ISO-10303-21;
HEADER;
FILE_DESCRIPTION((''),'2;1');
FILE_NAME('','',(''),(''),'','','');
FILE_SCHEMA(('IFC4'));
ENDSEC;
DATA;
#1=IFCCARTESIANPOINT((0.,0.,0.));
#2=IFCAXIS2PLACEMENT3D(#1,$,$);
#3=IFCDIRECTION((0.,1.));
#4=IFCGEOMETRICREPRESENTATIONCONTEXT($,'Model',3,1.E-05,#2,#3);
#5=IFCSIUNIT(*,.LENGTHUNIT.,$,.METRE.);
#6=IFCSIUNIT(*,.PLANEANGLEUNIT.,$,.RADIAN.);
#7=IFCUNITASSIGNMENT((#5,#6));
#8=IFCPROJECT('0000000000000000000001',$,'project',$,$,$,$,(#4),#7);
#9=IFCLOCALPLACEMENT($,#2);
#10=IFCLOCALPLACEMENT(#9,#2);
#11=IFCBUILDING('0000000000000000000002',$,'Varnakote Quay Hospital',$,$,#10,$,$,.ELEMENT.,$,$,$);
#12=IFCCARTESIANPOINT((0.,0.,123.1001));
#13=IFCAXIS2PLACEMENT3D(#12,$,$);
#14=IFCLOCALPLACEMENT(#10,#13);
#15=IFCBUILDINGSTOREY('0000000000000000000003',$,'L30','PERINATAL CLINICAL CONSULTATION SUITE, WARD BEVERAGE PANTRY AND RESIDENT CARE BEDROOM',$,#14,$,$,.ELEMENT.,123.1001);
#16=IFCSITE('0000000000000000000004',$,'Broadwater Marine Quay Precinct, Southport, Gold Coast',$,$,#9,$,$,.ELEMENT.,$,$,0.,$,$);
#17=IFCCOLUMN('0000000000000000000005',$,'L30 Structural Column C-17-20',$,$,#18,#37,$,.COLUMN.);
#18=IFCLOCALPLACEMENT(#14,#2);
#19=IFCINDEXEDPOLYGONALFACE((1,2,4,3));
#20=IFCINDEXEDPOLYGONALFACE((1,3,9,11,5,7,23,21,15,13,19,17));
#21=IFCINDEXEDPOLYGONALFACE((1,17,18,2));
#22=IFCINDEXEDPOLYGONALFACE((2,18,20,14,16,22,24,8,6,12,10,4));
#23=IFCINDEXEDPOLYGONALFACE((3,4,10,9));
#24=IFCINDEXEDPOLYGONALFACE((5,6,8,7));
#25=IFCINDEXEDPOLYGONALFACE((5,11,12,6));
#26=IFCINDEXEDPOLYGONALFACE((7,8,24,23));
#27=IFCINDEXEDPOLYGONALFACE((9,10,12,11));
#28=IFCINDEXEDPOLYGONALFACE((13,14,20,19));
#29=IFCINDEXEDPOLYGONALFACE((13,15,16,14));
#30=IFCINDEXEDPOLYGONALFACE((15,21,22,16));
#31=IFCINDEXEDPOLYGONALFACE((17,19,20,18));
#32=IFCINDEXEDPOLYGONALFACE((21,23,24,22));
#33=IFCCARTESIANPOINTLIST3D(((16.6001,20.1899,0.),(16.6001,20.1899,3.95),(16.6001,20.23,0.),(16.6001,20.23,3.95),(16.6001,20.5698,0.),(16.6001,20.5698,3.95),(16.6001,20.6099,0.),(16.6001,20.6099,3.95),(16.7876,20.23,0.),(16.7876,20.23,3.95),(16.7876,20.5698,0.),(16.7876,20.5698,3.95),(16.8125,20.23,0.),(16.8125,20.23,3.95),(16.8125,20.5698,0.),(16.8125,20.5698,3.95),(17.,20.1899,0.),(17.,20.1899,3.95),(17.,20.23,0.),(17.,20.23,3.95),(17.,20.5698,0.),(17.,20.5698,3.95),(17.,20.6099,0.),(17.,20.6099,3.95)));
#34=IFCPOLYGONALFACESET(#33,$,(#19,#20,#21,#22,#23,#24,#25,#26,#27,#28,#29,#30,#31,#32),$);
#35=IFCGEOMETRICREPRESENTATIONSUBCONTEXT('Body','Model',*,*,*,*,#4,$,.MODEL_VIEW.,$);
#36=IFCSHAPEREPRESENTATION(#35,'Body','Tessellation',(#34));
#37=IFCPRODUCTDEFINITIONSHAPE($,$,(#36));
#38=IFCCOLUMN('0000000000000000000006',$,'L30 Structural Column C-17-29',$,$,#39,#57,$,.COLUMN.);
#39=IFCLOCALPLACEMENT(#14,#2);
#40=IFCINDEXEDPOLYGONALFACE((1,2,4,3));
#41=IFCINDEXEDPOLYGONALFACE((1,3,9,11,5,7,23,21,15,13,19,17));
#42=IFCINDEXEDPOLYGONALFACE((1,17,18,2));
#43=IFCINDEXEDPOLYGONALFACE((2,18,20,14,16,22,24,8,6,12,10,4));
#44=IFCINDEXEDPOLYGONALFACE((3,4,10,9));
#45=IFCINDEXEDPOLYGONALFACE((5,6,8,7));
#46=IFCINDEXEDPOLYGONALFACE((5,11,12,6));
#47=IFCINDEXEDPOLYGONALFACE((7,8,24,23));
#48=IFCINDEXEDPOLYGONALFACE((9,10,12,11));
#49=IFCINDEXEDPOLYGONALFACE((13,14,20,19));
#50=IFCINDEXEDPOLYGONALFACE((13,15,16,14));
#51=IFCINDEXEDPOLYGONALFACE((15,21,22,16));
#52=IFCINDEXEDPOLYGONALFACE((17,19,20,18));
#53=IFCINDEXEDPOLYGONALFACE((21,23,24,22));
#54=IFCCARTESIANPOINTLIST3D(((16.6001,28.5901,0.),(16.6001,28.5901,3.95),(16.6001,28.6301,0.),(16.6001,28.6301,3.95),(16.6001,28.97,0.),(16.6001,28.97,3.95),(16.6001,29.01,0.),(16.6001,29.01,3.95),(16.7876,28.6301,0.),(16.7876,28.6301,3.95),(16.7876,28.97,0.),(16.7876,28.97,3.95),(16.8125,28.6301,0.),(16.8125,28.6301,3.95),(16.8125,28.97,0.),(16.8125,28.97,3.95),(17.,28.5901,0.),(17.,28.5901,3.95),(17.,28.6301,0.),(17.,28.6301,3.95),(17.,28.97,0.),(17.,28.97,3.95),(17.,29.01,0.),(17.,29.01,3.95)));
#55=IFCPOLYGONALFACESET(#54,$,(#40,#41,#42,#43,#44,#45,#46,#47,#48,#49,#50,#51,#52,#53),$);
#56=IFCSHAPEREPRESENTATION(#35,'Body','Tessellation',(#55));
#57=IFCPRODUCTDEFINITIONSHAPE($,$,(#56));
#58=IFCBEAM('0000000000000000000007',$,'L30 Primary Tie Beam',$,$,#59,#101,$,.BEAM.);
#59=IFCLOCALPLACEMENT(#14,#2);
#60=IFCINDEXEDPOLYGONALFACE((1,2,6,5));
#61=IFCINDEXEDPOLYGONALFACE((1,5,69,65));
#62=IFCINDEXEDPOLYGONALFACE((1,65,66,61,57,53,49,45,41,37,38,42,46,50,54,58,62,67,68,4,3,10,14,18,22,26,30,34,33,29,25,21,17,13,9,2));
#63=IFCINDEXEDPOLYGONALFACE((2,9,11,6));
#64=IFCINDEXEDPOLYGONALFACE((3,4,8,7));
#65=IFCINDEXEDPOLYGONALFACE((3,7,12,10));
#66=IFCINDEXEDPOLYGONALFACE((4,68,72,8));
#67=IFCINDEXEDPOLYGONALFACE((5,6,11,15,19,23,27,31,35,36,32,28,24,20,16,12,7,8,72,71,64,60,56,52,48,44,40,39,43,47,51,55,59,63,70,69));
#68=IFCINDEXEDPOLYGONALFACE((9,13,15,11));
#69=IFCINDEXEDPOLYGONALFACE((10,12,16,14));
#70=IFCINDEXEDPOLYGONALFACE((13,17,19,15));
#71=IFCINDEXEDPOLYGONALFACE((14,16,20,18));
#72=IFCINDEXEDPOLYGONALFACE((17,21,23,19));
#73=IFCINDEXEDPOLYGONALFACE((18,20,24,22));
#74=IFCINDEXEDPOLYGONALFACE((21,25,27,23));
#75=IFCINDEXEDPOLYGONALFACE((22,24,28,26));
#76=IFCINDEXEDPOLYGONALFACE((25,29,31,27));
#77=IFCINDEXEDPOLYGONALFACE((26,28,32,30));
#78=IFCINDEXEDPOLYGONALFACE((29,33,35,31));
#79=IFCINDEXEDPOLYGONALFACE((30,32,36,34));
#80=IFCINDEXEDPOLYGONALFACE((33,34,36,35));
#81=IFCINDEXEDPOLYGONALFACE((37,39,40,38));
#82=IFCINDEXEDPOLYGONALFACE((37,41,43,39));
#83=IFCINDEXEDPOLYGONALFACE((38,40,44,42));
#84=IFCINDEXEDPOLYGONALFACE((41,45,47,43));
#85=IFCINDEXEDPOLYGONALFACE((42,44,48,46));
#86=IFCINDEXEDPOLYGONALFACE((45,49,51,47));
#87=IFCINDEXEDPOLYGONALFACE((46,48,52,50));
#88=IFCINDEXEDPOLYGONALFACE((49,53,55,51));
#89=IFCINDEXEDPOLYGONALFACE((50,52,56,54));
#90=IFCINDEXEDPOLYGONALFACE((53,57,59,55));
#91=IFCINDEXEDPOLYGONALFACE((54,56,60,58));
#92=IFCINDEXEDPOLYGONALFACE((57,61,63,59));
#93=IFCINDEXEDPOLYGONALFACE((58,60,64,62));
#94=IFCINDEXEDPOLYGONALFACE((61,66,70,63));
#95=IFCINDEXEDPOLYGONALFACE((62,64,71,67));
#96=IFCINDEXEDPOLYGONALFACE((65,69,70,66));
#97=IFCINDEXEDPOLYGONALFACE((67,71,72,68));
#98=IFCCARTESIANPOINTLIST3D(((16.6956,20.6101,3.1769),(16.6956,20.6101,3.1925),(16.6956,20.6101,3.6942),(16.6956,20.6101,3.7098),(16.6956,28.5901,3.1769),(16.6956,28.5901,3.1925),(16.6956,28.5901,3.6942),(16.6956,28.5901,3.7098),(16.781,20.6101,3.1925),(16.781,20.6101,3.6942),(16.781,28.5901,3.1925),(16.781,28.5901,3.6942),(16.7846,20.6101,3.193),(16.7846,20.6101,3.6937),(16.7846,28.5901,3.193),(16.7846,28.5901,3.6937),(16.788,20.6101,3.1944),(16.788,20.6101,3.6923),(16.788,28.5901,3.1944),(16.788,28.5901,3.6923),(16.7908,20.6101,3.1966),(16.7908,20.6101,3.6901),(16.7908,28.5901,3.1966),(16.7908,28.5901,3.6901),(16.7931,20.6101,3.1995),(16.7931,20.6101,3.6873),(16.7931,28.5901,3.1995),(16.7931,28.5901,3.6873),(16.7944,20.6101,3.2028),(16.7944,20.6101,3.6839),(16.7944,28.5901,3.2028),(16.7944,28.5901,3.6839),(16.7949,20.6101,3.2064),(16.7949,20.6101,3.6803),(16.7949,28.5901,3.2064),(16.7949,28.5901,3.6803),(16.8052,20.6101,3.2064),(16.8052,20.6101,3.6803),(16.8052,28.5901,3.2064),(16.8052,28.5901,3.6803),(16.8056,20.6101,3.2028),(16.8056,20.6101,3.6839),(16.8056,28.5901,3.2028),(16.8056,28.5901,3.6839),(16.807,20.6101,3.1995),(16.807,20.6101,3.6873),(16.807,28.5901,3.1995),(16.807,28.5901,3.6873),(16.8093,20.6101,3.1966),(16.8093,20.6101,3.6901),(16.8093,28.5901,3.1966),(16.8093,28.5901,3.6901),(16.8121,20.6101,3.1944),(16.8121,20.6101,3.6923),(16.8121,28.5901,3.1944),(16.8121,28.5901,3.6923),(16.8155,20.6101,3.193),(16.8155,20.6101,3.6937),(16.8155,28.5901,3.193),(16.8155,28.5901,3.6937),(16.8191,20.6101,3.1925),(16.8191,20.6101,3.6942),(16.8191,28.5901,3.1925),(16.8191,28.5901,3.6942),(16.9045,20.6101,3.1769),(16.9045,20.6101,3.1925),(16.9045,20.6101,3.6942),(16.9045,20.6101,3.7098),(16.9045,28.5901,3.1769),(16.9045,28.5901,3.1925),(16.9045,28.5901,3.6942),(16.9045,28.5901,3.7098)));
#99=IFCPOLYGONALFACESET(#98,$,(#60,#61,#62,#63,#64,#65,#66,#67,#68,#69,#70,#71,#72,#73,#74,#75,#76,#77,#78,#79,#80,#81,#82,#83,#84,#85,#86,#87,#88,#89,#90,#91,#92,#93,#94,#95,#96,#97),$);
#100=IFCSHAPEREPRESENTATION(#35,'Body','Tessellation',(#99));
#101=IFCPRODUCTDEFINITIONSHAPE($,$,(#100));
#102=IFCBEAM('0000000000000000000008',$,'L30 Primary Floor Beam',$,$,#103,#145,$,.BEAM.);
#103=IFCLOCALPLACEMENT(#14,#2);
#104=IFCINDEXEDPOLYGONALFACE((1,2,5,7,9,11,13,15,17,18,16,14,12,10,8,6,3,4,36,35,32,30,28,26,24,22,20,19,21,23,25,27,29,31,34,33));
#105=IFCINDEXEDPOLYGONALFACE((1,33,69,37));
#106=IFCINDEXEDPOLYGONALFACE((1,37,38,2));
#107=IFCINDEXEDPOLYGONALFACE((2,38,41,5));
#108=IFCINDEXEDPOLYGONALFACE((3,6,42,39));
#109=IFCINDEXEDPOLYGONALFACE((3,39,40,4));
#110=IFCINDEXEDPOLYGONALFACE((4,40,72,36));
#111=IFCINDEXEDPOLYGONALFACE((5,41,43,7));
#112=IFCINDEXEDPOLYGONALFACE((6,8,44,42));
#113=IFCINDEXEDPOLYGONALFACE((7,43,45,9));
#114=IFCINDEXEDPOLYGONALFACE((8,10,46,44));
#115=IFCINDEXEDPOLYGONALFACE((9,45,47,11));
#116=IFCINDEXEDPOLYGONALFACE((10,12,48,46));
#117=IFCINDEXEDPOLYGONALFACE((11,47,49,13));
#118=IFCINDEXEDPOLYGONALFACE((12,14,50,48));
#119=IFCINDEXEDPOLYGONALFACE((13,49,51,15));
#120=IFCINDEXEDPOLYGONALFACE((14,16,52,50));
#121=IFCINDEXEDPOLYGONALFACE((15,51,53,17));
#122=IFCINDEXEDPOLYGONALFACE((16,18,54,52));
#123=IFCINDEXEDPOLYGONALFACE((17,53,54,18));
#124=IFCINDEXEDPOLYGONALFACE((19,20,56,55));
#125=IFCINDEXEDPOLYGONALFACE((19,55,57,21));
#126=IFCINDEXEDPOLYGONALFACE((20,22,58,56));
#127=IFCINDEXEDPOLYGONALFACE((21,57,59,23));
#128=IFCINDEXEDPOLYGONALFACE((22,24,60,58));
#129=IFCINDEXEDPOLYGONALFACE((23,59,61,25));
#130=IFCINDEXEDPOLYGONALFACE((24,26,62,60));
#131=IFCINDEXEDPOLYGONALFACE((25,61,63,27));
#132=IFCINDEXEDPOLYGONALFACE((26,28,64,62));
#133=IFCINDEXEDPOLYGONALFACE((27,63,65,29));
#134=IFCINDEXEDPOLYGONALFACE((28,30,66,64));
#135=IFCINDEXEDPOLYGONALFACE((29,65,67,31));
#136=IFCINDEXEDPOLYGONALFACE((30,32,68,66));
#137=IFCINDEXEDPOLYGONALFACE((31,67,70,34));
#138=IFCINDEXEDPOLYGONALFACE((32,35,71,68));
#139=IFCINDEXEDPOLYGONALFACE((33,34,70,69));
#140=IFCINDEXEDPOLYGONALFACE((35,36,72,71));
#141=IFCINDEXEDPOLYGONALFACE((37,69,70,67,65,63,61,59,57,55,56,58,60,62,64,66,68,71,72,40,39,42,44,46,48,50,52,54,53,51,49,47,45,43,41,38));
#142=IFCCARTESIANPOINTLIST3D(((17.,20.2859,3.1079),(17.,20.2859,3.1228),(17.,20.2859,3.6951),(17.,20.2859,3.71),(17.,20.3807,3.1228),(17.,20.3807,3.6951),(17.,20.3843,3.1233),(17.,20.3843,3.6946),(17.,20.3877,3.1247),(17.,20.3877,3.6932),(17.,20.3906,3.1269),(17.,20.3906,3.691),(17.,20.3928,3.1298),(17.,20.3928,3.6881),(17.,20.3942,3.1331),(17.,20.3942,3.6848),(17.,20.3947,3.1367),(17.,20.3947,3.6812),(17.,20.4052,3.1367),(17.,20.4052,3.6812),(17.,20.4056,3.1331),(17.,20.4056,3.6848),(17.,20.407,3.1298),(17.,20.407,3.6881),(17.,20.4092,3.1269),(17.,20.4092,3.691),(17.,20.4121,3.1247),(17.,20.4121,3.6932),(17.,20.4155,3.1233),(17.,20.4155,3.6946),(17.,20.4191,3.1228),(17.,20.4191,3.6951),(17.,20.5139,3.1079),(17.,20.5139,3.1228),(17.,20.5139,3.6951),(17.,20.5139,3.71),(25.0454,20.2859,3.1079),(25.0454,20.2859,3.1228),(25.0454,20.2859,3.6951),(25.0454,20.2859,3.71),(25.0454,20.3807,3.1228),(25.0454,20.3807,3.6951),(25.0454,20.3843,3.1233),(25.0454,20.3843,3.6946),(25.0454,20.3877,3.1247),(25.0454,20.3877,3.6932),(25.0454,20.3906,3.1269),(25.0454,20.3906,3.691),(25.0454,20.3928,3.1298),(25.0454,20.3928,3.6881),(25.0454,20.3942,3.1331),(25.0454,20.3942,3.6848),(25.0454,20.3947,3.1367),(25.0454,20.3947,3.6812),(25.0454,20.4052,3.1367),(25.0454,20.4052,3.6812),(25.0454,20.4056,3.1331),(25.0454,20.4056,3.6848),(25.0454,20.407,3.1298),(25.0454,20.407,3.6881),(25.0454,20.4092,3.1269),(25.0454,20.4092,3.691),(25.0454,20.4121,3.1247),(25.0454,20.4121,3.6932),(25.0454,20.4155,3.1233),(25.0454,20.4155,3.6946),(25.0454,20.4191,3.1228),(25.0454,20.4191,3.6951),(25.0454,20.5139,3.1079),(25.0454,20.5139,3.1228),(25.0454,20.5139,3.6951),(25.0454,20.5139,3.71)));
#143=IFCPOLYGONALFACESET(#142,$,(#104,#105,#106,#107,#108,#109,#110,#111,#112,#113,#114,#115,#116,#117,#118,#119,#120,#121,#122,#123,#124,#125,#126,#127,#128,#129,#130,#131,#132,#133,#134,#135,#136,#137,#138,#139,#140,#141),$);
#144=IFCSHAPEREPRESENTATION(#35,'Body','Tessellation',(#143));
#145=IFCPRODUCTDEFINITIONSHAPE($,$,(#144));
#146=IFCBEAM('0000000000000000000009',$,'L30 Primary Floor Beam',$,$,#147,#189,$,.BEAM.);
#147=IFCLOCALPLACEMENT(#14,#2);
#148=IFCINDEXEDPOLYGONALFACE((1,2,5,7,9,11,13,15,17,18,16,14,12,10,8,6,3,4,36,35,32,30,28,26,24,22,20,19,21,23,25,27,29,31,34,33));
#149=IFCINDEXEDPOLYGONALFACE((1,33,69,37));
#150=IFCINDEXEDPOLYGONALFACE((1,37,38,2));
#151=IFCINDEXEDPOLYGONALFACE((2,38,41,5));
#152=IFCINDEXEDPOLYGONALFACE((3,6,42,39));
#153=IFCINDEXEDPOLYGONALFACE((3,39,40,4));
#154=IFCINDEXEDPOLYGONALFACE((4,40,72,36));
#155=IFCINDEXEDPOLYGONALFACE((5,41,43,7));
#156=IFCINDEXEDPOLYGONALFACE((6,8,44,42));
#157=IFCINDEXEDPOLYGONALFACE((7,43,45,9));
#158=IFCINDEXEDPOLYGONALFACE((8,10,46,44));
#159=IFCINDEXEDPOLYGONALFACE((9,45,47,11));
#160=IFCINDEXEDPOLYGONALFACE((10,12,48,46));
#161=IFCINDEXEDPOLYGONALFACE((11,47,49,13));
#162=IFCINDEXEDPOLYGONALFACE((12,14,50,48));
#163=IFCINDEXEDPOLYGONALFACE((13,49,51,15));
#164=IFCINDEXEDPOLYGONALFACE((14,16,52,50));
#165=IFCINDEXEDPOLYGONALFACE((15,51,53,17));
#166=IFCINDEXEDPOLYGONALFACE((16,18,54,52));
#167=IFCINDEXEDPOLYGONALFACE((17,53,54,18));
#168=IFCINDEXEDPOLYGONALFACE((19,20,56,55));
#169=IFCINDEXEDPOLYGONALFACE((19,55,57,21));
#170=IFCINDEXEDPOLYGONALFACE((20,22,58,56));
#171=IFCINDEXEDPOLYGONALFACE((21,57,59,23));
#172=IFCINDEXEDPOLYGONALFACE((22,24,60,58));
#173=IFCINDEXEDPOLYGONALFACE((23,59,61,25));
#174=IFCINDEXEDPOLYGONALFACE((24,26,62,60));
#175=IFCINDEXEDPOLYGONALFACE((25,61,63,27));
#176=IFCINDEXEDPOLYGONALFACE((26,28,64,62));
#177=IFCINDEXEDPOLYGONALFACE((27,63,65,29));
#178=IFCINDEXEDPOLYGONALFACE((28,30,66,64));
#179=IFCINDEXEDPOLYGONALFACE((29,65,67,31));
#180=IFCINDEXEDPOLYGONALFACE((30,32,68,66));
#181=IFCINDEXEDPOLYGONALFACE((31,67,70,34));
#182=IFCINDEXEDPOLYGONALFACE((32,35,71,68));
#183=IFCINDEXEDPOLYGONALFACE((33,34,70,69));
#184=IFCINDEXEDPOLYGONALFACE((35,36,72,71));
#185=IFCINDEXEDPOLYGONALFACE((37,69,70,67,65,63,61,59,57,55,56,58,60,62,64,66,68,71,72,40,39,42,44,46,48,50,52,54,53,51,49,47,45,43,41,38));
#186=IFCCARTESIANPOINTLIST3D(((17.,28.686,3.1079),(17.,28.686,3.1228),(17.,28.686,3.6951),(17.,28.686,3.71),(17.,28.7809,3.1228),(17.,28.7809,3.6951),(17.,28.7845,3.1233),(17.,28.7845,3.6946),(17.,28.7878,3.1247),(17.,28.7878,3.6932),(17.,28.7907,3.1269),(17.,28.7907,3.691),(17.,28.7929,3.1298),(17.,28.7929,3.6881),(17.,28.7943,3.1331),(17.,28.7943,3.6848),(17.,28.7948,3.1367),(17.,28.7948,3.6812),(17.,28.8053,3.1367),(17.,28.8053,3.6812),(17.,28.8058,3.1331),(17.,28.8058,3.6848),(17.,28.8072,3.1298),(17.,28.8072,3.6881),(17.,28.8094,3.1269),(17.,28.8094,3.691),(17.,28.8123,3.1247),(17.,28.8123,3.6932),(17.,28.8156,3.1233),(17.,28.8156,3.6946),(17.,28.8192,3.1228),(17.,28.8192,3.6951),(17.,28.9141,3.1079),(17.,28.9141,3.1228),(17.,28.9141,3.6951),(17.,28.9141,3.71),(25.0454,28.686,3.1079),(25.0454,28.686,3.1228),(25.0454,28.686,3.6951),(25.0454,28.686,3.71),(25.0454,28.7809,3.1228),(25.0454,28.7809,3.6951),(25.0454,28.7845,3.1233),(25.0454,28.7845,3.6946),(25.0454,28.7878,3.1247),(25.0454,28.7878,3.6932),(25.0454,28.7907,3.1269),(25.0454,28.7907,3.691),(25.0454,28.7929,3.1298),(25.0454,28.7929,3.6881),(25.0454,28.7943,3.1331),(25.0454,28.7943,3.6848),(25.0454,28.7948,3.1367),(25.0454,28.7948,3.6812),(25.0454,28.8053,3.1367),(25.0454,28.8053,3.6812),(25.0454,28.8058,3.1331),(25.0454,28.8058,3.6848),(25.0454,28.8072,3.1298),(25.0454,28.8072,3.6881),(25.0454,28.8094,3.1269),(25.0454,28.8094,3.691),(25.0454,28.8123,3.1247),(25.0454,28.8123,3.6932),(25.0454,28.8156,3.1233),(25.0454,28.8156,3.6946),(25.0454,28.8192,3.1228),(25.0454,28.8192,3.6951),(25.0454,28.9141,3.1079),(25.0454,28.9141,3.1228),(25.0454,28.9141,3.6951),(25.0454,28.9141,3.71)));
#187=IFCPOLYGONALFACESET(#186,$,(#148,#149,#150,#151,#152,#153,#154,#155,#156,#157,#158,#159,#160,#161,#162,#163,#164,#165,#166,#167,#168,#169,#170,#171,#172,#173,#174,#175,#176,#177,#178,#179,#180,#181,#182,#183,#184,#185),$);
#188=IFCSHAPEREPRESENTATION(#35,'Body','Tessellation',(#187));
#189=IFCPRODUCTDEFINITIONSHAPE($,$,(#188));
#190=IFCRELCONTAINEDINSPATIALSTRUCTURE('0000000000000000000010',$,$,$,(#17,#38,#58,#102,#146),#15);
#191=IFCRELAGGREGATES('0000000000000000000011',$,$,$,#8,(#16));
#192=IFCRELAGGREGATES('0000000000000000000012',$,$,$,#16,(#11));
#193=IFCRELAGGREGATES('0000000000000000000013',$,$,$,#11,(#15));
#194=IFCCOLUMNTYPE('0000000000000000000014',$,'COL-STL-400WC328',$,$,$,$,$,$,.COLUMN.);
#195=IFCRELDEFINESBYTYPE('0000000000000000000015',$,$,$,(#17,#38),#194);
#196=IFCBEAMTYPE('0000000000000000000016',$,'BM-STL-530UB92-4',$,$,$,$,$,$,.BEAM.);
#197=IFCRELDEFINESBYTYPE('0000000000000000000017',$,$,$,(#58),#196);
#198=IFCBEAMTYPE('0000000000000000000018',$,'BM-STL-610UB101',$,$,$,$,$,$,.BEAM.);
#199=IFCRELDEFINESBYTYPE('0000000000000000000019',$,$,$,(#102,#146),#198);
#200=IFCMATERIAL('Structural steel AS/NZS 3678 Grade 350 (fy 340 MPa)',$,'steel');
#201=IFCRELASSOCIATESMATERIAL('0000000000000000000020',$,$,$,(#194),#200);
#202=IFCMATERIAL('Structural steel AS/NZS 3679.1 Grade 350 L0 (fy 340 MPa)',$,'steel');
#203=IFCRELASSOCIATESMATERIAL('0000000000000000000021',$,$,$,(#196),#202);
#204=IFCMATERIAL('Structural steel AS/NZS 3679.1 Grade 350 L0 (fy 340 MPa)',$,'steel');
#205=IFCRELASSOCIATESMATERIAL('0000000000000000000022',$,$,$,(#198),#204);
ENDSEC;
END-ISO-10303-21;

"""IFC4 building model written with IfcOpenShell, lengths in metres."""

from ifc_helpers import new_model, si_unit, direction, frame, origin, origin_2d, place, context, subcontext, project, spatial, i_section, extrude, material, material_profile, profile_set, type_object, element, save


model = new_model("IFC4")

# Units and contexts
model_context = context("Model", 3, precision=1e-05, world=origin(), true_north=direction((0.0, 1.0)))
body_context = subcontext(model_context, "Body", "Model", "MODEL_VIEW")
ifc_project = project(units=[si_unit("LENGTHUNIT", "METRE"), si_unit("PLANEANGLEUNIT", "RADIAN")], contexts=[model_context])

# Site, building, storey
site_placement = place(None, origin())
site = spatial("IfcSite", under=ifc_project, at=site_placement, Name="Broadwater Marine Quay Precinct, Southport, Gold Coast", CompositionType="ELEMENT", RefElevation=0.0)
building_placement = place(site_placement, origin())
building = spatial("IfcBuilding", under=site, at=building_placement, Name="Varnakote Quay Hospital", CompositionType="ELEMENT")
storey_placement = place(building_placement, frame((0.0, 0.0, 123.1001)))
storey = spatial("IfcBuildingStorey", under=building, at=storey_placement, Name="L30", Description="PERINATAL CLINICAL CONSULTATION SUITE, WARD BEVERAGE PANTRY AND RESIDENT CARE BEDROOM", CompositionType="ELEMENT", Elevation=123.1001)

# Columns
ifc_material_1 = material(Name="Structural steel AS/NZS 3678 Grade 350 (fy 340 MPa)", Category="steel")
ifc_material_profile_1 = material_profile(ifc_material_1, i_section(OverallWidth=0.3999, OverallDepth=0.4199, WebThickness=0.0249, FlangeThickness=0.04, at=origin_2d()), Name="400WC328")
ifc_profile_set_1 = profile_set([ifc_material_profile_1], Name="Structural steel AS/NZS 3678 Grade 350 (fy 340 MPa)")
column_type = type_object("IfcColumnType", Name="COL-STL-400WC328", PredefinedType="COLUMN", material=ifc_profile_set_1)
for number, where, z_axis, x_axis, name in (
    (1, (16.8, 20.3999, 0.0), (0.0, 0.0, 1.0), (1.0, 0.0, 0.0), "L30 Structural Column C-17-20"),
    (2, (16.8, 28.8, 0.0), (0.0, 0.0, 1.0), (1.0, 0.0, 0.0), "L30 Structural Column C-17-29"),
):
    element("IfcColumn", number, at=place(storey_placement, frame(where, z_axis=z_axis, x_axis=x_axis)), inside=storey, type_object=column_type, Name=name, PredefinedType="COLUMN", context=body_context, shape_type="SweptSolid", body=[
        extrude(i_section(OverallWidth=0.3999, OverallDepth=0.4199, WebThickness=0.0249, FlangeThickness=0.04, at=origin_2d()), origin(), (0.0, 0.0, 1.0), 3.95),
    ])

# Beams
ifc_material_2 = material(Name="Structural steel AS/NZS 3679.1 Grade 350 L0 (fy 340 MPa)", Category="steel")
ifc_material_profile_2 = material_profile(ifc_material_2, i_section(OverallWidth=0.209, OverallDepth=0.533, WebThickness=0.0103, FlangeThickness=0.0156, FilletRadius=0.0139, at=origin_2d()), Name="530UB92.4")
ifc_profile_set_2 = profile_set([ifc_material_profile_2], Name="Structural steel AS/NZS 3679.1 Grade 350 L0 (fy 340 MPa)")
beam_type_1 = type_object("IfcBeamType", Name="BM-STL-530UB92-4", PredefinedType="BEAM", material=ifc_profile_set_2)
beam_1_placement = place(storey_placement, frame((16.8, 20.6101, 3.4434), z_axis=(0.0, 1.0, 0.0), x_axis=(-1.0, 0.0, 0.0)))
element("IfcBeam", 3, at=beam_1_placement, inside=storey, type_object=beam_type_1, Name="L30 Primary Tie Beam", PredefinedType="BEAM", context=body_context, shape_type="SweptSolid", body=[
    extrude(i_section(OverallWidth=0.209, OverallDepth=0.533, WebThickness=0.0103, FlangeThickness=0.0156, FilletRadius=0.0139, at=origin_2d()), origin(), (0.0, 0.0, 1.0), 7.98),
])
ifc_material_3 = material(Name="Structural steel AS/NZS 3679.1 Grade 350 L0 (fy 340 MPa)", Category="steel")
ifc_material_profile_3 = material_profile(ifc_material_3, i_section(OverallWidth=0.228, OverallDepth=0.6021, WebThickness=0.0105, FlangeThickness=0.0149, FilletRadius=0.0139, at=origin_2d()), Name="610UB101")
ifc_profile_set_3 = profile_set([ifc_material_profile_3], Name="Structural steel AS/NZS 3679.1 Grade 350 L0 (fy 340 MPa)")
beam_type_2 = type_object("IfcBeamType", Name="BM-STL-610UB101", PredefinedType="BEAM", material=ifc_profile_set_3)
for number, where, z_axis, x_axis, name in (
    (4, (17.0, 20.3999, 3.4089), (1.0, 0.0, 0.0), (0.0, 1.0, 0.0), "L30 Primary Floor Beam"),
    (5, (17.0, 28.8, 3.4089), (1.0, 0.0, 0.0), (0.0, 1.0, 0.0), "L30 Primary Floor Beam"),
):
    element("IfcBeam", number, at=place(storey_placement, frame(where, z_axis=z_axis, x_axis=x_axis)), inside=storey, type_object=beam_type_2, Name=name, PredefinedType="BEAM", context=body_context, shape_type="SweptSolid", body=[
        extrude(i_section(OverallWidth=0.228, OverallDepth=0.6021, WebThickness=0.0105, FlangeThickness=0.0149, FilletRadius=0.0139, at=origin_2d()), origin(), (0.0, 0.0, 1.0), 8.0454),
    ])

save(model, "model.ifc")
